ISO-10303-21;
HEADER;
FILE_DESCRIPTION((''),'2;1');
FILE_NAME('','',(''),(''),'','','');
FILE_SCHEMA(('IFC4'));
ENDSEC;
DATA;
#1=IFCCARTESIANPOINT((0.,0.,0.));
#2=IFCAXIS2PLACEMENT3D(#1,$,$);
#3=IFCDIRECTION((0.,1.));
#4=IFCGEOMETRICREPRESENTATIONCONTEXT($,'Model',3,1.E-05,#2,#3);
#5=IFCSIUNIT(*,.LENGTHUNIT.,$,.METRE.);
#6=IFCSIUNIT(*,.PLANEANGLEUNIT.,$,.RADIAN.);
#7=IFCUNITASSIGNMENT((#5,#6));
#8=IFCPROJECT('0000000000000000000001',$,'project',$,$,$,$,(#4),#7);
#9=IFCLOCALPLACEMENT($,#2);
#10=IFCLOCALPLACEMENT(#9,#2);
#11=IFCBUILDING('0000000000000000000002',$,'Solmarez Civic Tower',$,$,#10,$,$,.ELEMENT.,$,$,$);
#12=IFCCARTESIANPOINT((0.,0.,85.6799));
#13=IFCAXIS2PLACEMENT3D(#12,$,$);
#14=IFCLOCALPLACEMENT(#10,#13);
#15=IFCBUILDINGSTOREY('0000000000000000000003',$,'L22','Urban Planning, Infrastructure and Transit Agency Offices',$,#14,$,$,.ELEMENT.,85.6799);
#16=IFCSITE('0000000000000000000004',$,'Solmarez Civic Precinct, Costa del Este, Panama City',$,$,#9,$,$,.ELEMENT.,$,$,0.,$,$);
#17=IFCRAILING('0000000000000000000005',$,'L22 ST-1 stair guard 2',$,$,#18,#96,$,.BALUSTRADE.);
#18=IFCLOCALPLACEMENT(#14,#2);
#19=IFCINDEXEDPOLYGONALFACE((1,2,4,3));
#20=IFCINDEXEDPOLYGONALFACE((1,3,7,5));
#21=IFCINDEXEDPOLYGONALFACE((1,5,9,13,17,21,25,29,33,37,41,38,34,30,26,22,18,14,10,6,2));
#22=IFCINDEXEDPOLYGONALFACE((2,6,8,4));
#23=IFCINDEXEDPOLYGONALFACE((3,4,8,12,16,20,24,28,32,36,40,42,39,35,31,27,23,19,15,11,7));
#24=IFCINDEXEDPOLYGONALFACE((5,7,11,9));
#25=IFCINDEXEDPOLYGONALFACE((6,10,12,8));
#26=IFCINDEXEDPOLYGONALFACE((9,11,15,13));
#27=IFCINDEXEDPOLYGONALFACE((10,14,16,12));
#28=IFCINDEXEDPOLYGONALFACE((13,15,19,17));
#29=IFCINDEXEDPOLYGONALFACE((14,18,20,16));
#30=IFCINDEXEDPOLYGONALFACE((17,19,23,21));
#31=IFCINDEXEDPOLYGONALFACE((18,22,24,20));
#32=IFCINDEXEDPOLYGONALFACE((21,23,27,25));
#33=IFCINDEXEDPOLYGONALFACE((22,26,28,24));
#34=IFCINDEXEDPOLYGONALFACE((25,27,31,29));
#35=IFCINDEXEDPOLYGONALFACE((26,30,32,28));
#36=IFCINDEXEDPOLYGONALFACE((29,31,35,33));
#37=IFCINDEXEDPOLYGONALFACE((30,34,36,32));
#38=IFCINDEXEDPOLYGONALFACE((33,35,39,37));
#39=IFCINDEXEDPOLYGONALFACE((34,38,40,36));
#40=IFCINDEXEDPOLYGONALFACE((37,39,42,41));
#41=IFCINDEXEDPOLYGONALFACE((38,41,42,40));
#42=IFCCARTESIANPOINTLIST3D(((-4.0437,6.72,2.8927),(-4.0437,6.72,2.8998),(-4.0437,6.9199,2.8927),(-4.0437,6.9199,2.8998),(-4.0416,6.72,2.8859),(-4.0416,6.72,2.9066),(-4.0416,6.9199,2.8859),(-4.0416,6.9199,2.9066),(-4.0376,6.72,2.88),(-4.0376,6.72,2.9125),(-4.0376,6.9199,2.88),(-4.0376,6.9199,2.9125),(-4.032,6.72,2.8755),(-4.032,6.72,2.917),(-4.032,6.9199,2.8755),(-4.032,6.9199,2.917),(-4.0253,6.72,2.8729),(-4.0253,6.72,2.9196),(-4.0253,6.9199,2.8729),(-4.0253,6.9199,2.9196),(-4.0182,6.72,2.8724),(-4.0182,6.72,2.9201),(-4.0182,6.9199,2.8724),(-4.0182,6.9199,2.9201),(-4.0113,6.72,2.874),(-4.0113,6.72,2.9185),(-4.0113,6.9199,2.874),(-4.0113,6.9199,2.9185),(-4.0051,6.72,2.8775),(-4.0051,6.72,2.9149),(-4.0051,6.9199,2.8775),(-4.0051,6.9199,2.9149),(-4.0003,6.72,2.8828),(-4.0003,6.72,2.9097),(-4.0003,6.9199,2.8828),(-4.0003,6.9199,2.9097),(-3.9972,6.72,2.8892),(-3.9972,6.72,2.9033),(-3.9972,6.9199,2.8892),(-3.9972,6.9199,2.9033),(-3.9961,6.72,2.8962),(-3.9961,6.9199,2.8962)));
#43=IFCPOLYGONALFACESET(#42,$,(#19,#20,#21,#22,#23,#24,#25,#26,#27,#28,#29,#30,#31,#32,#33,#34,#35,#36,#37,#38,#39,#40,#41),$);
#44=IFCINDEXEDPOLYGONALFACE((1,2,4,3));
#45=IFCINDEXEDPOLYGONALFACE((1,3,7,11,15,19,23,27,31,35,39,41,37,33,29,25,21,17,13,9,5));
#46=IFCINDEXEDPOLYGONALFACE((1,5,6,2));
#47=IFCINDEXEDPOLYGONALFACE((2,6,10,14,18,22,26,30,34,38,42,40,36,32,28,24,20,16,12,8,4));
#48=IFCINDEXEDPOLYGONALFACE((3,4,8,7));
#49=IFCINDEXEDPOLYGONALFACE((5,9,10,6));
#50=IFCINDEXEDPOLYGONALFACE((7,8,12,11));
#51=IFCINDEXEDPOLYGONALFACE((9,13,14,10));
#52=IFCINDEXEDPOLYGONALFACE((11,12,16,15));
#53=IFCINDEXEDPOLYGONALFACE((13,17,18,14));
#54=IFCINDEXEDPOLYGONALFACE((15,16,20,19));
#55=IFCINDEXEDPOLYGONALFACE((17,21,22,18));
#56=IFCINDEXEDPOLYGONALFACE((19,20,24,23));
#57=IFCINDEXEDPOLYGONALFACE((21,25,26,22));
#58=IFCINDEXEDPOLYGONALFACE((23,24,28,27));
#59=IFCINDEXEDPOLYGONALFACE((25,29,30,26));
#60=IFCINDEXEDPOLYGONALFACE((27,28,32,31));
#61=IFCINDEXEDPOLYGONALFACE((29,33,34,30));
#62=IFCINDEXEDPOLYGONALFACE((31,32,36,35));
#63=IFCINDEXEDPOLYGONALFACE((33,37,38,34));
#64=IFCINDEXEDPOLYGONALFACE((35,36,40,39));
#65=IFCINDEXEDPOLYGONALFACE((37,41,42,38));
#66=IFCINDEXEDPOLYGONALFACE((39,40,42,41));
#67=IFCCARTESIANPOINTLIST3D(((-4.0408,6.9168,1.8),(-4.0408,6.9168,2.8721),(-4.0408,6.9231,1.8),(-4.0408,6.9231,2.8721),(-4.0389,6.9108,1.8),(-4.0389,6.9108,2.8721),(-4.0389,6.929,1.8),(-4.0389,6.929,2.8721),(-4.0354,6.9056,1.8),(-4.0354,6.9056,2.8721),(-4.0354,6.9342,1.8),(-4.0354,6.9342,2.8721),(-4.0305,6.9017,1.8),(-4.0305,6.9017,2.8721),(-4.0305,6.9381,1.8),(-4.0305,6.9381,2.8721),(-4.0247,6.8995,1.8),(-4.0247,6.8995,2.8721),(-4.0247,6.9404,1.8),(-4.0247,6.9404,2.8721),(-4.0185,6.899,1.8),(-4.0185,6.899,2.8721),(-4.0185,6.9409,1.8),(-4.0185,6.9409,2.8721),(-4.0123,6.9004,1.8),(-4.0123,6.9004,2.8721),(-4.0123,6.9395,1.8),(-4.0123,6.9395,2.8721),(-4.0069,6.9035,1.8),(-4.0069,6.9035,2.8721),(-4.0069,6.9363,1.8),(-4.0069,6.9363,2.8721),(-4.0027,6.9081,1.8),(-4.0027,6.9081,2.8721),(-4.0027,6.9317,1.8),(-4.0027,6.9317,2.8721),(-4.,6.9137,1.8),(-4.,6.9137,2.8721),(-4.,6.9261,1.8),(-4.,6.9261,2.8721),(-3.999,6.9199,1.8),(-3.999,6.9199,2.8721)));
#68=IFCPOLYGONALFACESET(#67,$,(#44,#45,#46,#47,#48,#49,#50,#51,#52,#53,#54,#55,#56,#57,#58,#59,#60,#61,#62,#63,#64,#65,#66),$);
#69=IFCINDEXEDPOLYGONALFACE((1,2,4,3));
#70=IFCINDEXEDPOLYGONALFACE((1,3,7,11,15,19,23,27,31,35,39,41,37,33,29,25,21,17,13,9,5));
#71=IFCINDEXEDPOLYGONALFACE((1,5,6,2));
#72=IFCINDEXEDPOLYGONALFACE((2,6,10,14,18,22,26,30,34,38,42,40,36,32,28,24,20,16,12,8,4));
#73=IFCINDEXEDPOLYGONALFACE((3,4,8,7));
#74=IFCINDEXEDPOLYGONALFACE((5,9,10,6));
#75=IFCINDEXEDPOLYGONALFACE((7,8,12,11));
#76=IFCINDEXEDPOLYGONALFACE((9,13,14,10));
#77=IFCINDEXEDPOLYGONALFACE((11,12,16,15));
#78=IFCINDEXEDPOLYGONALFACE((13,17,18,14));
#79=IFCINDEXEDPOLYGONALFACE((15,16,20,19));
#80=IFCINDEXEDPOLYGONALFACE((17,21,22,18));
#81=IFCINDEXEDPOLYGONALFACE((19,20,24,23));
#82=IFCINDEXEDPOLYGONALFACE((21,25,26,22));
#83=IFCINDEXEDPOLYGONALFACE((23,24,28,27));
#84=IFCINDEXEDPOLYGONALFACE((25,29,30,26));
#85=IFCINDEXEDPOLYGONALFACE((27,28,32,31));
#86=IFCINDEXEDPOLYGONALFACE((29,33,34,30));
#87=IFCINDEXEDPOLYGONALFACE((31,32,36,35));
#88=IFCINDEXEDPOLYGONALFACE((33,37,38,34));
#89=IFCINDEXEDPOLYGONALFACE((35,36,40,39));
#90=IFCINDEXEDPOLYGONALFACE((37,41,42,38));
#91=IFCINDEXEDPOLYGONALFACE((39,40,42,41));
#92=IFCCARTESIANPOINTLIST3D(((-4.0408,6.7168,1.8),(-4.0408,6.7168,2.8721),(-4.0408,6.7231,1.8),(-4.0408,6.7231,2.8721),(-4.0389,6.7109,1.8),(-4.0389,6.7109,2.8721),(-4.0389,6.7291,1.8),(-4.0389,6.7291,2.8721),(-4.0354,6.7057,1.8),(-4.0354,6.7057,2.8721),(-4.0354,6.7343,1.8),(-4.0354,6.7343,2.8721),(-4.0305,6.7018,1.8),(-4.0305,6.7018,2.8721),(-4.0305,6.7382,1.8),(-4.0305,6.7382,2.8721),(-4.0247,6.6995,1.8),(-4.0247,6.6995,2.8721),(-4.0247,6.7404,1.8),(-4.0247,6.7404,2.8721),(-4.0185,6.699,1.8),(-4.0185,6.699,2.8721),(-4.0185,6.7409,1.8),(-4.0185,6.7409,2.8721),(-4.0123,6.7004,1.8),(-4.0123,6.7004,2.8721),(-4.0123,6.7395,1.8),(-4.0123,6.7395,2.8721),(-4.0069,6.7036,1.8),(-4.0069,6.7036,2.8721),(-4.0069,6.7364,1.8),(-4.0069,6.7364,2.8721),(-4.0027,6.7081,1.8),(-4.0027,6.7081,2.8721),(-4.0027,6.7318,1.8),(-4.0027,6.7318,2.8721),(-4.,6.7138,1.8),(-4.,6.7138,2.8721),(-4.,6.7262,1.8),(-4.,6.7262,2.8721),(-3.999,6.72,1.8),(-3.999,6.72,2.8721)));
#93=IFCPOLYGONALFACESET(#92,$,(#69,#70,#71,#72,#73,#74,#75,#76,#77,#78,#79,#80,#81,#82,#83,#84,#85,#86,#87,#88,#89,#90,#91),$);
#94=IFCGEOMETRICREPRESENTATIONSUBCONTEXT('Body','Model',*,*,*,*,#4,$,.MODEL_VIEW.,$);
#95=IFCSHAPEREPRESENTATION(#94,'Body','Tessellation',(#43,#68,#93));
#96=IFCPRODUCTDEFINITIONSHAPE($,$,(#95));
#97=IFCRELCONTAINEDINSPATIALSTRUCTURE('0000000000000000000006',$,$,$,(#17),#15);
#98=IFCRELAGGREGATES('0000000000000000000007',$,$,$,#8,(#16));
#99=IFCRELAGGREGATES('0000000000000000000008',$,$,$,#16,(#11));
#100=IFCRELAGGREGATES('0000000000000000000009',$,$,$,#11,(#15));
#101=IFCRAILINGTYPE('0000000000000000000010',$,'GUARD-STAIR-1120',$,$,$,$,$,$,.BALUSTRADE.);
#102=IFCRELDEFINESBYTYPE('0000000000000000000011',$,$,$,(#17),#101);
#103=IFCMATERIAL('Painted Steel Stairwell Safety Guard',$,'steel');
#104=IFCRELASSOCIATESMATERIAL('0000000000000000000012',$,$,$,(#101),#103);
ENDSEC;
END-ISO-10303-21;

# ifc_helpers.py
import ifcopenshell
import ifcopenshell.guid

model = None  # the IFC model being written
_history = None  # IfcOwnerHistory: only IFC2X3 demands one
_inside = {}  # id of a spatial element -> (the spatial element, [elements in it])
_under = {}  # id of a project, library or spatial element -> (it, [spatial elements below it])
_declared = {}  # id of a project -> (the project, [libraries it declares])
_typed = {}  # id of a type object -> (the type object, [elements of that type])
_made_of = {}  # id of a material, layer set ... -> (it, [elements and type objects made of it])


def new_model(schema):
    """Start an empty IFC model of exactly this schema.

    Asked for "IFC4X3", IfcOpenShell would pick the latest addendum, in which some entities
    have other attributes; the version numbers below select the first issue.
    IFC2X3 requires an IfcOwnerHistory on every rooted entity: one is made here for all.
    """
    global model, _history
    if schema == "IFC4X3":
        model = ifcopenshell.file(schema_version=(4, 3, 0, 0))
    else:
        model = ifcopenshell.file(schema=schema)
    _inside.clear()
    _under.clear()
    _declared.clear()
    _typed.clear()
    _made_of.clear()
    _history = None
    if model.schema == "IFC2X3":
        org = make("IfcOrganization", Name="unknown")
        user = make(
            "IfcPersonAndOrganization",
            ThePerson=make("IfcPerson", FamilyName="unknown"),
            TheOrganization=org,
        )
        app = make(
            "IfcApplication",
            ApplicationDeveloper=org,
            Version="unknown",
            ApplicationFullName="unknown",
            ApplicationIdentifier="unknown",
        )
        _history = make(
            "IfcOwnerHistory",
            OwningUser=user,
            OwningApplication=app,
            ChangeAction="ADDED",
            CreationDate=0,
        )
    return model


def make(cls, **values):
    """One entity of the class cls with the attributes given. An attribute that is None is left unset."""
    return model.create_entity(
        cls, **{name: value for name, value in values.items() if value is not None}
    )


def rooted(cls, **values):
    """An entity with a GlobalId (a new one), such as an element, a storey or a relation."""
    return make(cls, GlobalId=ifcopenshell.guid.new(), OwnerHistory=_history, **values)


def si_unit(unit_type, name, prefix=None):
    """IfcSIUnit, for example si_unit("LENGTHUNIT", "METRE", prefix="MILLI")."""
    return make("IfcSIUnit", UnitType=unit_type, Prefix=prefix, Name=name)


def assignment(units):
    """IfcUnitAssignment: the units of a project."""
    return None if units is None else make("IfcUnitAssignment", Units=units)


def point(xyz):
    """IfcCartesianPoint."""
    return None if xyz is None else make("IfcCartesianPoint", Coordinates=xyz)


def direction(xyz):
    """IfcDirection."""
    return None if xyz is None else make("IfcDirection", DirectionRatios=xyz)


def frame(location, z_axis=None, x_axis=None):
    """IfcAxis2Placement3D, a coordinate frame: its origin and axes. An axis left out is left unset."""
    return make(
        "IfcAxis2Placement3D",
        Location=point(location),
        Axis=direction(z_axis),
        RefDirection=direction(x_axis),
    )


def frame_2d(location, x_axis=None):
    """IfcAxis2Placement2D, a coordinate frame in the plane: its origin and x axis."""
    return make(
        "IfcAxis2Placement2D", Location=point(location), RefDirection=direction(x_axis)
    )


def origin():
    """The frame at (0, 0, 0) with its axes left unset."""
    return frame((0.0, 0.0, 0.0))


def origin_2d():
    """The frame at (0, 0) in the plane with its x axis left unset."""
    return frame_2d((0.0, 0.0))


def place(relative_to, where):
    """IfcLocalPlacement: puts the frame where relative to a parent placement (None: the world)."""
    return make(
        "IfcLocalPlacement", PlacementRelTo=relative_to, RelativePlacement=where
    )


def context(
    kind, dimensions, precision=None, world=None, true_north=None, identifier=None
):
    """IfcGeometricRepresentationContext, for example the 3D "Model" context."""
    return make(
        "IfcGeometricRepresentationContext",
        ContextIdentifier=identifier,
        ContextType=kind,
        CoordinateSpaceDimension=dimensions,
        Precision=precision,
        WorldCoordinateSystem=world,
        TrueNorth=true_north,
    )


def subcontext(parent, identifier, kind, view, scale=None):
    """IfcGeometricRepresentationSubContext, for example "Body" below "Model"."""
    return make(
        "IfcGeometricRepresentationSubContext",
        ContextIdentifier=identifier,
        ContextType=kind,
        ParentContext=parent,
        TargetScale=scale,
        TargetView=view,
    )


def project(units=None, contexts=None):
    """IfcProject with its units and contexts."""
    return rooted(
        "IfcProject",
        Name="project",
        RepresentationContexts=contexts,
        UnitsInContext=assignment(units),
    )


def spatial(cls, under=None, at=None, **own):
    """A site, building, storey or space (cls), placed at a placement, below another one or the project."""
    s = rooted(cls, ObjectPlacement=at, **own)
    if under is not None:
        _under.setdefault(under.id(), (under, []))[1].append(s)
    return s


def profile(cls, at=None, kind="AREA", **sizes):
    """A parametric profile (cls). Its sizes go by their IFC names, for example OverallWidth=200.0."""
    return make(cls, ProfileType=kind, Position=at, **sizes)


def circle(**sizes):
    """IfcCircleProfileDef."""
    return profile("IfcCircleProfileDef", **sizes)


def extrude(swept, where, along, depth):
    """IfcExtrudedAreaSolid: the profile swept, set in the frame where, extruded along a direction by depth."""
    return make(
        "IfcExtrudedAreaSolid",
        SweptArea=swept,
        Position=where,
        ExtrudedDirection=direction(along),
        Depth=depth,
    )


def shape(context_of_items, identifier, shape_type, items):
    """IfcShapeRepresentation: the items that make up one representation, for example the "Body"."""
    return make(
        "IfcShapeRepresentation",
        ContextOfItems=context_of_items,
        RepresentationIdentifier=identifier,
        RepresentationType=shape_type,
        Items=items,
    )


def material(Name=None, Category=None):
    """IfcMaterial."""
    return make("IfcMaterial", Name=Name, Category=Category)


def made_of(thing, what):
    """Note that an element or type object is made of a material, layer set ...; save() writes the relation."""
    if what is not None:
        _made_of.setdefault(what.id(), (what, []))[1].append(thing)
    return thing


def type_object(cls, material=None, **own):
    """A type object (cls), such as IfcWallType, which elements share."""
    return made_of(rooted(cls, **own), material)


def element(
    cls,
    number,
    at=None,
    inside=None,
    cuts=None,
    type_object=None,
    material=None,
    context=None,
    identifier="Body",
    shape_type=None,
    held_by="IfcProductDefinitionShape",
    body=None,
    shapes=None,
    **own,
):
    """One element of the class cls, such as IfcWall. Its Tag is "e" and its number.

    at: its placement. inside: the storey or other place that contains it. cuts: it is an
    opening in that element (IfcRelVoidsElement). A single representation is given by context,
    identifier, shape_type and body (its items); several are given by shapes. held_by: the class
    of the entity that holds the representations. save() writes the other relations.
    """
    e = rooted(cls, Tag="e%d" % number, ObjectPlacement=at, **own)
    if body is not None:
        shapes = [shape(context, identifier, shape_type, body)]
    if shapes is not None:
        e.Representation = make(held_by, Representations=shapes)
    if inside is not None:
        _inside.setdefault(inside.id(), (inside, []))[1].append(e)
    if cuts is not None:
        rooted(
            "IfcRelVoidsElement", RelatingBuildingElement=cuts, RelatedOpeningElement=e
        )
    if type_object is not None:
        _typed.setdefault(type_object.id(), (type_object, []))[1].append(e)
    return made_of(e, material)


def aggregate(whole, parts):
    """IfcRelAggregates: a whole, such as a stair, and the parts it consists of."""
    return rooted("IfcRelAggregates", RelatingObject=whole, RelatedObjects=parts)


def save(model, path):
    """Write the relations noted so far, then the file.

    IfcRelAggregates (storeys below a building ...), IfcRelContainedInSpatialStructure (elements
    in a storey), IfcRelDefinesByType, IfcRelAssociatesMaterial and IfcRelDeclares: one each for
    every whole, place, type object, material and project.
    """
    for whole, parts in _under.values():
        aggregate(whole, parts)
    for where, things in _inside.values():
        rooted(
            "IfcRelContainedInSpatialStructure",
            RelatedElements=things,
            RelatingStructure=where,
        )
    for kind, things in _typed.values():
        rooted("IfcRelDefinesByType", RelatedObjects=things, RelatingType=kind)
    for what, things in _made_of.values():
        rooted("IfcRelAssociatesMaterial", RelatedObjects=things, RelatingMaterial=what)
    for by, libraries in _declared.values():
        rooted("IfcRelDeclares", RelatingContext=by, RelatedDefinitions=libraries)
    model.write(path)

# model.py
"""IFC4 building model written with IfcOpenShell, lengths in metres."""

from ifc_helpers import new_model, si_unit, direction, frame, origin, origin_2d, place, context, subcontext, project, spatial, circle, extrude, material, type_object, element, save


model = new_model("IFC4")

# Units and contexts
model_context = context("Model", 3, precision=1e-05, world=origin(), true_north=direction((0.0, 1.0)))
body_context = subcontext(model_context, "Body", "Model", "MODEL_VIEW")
ifc_project = project(units=[si_unit("LENGTHUNIT", "METRE"), si_unit("PLANEANGLEUNIT", "RADIAN")], contexts=[model_context])

# Site, building, storey
site_placement = place(None, origin())
site = spatial("IfcSite", under=ifc_project, at=site_placement, Name="Solmarez Civic Precinct, Costa del Este, Panama City", CompositionType="ELEMENT", RefElevation=0.0)
building_placement = place(site_placement, origin())
building = spatial("IfcBuilding", under=site, at=building_placement, Name="Solmarez Civic Tower", CompositionType="ELEMENT")
storey_placement = place(building_placement, frame((0.0, 0.0, 85.6799)))
storey = spatial("IfcBuildingStorey", under=building, at=storey_placement, Name="L22", Description="Urban Planning, Infrastructure and Transit Agency Offices", CompositionType="ELEMENT", Elevation=85.6799)

# Railing
ifc_material_1 = material(Name="Painted Steel Stairwell Safety Guard", Category="steel")
railing_type_1 = type_object("IfcRailingType", Name="GUARD-STAIR-1120", PredefinedType="BALUSTRADE", material=ifc_material_1)
railing_1_placement = place(storey_placement, frame((-4.02, 6.9199, 1.8)))
element("IfcRailing", 1, at=railing_1_placement, inside=storey, type_object=railing_type_1, Name="L22 ST-1 stair guard 2", PredefinedType="BALUSTRADE", context=body_context, shape_type="SweptSolid", body=[
    extrude(circle(Radius=0.0239, at=origin_2d()), frame((0.0, 0.0, 1.0962), z_axis=(0.0, -1.0, 0.0), x_axis=(1.0, 0.0, 0.0)), (0.0, 0.0, 1.0), 0.2),
    extrude(circle(Radius=0.021, at=origin_2d()), origin(), (0.0, 0.0, 1.0), 1.072),
    extrude(circle(Radius=0.021, at=origin_2d()), frame((0.0, -0.2, 0.0)), (0.0, 0.0, 1.0), 1.072),
])

save(model, "model.ifc")
